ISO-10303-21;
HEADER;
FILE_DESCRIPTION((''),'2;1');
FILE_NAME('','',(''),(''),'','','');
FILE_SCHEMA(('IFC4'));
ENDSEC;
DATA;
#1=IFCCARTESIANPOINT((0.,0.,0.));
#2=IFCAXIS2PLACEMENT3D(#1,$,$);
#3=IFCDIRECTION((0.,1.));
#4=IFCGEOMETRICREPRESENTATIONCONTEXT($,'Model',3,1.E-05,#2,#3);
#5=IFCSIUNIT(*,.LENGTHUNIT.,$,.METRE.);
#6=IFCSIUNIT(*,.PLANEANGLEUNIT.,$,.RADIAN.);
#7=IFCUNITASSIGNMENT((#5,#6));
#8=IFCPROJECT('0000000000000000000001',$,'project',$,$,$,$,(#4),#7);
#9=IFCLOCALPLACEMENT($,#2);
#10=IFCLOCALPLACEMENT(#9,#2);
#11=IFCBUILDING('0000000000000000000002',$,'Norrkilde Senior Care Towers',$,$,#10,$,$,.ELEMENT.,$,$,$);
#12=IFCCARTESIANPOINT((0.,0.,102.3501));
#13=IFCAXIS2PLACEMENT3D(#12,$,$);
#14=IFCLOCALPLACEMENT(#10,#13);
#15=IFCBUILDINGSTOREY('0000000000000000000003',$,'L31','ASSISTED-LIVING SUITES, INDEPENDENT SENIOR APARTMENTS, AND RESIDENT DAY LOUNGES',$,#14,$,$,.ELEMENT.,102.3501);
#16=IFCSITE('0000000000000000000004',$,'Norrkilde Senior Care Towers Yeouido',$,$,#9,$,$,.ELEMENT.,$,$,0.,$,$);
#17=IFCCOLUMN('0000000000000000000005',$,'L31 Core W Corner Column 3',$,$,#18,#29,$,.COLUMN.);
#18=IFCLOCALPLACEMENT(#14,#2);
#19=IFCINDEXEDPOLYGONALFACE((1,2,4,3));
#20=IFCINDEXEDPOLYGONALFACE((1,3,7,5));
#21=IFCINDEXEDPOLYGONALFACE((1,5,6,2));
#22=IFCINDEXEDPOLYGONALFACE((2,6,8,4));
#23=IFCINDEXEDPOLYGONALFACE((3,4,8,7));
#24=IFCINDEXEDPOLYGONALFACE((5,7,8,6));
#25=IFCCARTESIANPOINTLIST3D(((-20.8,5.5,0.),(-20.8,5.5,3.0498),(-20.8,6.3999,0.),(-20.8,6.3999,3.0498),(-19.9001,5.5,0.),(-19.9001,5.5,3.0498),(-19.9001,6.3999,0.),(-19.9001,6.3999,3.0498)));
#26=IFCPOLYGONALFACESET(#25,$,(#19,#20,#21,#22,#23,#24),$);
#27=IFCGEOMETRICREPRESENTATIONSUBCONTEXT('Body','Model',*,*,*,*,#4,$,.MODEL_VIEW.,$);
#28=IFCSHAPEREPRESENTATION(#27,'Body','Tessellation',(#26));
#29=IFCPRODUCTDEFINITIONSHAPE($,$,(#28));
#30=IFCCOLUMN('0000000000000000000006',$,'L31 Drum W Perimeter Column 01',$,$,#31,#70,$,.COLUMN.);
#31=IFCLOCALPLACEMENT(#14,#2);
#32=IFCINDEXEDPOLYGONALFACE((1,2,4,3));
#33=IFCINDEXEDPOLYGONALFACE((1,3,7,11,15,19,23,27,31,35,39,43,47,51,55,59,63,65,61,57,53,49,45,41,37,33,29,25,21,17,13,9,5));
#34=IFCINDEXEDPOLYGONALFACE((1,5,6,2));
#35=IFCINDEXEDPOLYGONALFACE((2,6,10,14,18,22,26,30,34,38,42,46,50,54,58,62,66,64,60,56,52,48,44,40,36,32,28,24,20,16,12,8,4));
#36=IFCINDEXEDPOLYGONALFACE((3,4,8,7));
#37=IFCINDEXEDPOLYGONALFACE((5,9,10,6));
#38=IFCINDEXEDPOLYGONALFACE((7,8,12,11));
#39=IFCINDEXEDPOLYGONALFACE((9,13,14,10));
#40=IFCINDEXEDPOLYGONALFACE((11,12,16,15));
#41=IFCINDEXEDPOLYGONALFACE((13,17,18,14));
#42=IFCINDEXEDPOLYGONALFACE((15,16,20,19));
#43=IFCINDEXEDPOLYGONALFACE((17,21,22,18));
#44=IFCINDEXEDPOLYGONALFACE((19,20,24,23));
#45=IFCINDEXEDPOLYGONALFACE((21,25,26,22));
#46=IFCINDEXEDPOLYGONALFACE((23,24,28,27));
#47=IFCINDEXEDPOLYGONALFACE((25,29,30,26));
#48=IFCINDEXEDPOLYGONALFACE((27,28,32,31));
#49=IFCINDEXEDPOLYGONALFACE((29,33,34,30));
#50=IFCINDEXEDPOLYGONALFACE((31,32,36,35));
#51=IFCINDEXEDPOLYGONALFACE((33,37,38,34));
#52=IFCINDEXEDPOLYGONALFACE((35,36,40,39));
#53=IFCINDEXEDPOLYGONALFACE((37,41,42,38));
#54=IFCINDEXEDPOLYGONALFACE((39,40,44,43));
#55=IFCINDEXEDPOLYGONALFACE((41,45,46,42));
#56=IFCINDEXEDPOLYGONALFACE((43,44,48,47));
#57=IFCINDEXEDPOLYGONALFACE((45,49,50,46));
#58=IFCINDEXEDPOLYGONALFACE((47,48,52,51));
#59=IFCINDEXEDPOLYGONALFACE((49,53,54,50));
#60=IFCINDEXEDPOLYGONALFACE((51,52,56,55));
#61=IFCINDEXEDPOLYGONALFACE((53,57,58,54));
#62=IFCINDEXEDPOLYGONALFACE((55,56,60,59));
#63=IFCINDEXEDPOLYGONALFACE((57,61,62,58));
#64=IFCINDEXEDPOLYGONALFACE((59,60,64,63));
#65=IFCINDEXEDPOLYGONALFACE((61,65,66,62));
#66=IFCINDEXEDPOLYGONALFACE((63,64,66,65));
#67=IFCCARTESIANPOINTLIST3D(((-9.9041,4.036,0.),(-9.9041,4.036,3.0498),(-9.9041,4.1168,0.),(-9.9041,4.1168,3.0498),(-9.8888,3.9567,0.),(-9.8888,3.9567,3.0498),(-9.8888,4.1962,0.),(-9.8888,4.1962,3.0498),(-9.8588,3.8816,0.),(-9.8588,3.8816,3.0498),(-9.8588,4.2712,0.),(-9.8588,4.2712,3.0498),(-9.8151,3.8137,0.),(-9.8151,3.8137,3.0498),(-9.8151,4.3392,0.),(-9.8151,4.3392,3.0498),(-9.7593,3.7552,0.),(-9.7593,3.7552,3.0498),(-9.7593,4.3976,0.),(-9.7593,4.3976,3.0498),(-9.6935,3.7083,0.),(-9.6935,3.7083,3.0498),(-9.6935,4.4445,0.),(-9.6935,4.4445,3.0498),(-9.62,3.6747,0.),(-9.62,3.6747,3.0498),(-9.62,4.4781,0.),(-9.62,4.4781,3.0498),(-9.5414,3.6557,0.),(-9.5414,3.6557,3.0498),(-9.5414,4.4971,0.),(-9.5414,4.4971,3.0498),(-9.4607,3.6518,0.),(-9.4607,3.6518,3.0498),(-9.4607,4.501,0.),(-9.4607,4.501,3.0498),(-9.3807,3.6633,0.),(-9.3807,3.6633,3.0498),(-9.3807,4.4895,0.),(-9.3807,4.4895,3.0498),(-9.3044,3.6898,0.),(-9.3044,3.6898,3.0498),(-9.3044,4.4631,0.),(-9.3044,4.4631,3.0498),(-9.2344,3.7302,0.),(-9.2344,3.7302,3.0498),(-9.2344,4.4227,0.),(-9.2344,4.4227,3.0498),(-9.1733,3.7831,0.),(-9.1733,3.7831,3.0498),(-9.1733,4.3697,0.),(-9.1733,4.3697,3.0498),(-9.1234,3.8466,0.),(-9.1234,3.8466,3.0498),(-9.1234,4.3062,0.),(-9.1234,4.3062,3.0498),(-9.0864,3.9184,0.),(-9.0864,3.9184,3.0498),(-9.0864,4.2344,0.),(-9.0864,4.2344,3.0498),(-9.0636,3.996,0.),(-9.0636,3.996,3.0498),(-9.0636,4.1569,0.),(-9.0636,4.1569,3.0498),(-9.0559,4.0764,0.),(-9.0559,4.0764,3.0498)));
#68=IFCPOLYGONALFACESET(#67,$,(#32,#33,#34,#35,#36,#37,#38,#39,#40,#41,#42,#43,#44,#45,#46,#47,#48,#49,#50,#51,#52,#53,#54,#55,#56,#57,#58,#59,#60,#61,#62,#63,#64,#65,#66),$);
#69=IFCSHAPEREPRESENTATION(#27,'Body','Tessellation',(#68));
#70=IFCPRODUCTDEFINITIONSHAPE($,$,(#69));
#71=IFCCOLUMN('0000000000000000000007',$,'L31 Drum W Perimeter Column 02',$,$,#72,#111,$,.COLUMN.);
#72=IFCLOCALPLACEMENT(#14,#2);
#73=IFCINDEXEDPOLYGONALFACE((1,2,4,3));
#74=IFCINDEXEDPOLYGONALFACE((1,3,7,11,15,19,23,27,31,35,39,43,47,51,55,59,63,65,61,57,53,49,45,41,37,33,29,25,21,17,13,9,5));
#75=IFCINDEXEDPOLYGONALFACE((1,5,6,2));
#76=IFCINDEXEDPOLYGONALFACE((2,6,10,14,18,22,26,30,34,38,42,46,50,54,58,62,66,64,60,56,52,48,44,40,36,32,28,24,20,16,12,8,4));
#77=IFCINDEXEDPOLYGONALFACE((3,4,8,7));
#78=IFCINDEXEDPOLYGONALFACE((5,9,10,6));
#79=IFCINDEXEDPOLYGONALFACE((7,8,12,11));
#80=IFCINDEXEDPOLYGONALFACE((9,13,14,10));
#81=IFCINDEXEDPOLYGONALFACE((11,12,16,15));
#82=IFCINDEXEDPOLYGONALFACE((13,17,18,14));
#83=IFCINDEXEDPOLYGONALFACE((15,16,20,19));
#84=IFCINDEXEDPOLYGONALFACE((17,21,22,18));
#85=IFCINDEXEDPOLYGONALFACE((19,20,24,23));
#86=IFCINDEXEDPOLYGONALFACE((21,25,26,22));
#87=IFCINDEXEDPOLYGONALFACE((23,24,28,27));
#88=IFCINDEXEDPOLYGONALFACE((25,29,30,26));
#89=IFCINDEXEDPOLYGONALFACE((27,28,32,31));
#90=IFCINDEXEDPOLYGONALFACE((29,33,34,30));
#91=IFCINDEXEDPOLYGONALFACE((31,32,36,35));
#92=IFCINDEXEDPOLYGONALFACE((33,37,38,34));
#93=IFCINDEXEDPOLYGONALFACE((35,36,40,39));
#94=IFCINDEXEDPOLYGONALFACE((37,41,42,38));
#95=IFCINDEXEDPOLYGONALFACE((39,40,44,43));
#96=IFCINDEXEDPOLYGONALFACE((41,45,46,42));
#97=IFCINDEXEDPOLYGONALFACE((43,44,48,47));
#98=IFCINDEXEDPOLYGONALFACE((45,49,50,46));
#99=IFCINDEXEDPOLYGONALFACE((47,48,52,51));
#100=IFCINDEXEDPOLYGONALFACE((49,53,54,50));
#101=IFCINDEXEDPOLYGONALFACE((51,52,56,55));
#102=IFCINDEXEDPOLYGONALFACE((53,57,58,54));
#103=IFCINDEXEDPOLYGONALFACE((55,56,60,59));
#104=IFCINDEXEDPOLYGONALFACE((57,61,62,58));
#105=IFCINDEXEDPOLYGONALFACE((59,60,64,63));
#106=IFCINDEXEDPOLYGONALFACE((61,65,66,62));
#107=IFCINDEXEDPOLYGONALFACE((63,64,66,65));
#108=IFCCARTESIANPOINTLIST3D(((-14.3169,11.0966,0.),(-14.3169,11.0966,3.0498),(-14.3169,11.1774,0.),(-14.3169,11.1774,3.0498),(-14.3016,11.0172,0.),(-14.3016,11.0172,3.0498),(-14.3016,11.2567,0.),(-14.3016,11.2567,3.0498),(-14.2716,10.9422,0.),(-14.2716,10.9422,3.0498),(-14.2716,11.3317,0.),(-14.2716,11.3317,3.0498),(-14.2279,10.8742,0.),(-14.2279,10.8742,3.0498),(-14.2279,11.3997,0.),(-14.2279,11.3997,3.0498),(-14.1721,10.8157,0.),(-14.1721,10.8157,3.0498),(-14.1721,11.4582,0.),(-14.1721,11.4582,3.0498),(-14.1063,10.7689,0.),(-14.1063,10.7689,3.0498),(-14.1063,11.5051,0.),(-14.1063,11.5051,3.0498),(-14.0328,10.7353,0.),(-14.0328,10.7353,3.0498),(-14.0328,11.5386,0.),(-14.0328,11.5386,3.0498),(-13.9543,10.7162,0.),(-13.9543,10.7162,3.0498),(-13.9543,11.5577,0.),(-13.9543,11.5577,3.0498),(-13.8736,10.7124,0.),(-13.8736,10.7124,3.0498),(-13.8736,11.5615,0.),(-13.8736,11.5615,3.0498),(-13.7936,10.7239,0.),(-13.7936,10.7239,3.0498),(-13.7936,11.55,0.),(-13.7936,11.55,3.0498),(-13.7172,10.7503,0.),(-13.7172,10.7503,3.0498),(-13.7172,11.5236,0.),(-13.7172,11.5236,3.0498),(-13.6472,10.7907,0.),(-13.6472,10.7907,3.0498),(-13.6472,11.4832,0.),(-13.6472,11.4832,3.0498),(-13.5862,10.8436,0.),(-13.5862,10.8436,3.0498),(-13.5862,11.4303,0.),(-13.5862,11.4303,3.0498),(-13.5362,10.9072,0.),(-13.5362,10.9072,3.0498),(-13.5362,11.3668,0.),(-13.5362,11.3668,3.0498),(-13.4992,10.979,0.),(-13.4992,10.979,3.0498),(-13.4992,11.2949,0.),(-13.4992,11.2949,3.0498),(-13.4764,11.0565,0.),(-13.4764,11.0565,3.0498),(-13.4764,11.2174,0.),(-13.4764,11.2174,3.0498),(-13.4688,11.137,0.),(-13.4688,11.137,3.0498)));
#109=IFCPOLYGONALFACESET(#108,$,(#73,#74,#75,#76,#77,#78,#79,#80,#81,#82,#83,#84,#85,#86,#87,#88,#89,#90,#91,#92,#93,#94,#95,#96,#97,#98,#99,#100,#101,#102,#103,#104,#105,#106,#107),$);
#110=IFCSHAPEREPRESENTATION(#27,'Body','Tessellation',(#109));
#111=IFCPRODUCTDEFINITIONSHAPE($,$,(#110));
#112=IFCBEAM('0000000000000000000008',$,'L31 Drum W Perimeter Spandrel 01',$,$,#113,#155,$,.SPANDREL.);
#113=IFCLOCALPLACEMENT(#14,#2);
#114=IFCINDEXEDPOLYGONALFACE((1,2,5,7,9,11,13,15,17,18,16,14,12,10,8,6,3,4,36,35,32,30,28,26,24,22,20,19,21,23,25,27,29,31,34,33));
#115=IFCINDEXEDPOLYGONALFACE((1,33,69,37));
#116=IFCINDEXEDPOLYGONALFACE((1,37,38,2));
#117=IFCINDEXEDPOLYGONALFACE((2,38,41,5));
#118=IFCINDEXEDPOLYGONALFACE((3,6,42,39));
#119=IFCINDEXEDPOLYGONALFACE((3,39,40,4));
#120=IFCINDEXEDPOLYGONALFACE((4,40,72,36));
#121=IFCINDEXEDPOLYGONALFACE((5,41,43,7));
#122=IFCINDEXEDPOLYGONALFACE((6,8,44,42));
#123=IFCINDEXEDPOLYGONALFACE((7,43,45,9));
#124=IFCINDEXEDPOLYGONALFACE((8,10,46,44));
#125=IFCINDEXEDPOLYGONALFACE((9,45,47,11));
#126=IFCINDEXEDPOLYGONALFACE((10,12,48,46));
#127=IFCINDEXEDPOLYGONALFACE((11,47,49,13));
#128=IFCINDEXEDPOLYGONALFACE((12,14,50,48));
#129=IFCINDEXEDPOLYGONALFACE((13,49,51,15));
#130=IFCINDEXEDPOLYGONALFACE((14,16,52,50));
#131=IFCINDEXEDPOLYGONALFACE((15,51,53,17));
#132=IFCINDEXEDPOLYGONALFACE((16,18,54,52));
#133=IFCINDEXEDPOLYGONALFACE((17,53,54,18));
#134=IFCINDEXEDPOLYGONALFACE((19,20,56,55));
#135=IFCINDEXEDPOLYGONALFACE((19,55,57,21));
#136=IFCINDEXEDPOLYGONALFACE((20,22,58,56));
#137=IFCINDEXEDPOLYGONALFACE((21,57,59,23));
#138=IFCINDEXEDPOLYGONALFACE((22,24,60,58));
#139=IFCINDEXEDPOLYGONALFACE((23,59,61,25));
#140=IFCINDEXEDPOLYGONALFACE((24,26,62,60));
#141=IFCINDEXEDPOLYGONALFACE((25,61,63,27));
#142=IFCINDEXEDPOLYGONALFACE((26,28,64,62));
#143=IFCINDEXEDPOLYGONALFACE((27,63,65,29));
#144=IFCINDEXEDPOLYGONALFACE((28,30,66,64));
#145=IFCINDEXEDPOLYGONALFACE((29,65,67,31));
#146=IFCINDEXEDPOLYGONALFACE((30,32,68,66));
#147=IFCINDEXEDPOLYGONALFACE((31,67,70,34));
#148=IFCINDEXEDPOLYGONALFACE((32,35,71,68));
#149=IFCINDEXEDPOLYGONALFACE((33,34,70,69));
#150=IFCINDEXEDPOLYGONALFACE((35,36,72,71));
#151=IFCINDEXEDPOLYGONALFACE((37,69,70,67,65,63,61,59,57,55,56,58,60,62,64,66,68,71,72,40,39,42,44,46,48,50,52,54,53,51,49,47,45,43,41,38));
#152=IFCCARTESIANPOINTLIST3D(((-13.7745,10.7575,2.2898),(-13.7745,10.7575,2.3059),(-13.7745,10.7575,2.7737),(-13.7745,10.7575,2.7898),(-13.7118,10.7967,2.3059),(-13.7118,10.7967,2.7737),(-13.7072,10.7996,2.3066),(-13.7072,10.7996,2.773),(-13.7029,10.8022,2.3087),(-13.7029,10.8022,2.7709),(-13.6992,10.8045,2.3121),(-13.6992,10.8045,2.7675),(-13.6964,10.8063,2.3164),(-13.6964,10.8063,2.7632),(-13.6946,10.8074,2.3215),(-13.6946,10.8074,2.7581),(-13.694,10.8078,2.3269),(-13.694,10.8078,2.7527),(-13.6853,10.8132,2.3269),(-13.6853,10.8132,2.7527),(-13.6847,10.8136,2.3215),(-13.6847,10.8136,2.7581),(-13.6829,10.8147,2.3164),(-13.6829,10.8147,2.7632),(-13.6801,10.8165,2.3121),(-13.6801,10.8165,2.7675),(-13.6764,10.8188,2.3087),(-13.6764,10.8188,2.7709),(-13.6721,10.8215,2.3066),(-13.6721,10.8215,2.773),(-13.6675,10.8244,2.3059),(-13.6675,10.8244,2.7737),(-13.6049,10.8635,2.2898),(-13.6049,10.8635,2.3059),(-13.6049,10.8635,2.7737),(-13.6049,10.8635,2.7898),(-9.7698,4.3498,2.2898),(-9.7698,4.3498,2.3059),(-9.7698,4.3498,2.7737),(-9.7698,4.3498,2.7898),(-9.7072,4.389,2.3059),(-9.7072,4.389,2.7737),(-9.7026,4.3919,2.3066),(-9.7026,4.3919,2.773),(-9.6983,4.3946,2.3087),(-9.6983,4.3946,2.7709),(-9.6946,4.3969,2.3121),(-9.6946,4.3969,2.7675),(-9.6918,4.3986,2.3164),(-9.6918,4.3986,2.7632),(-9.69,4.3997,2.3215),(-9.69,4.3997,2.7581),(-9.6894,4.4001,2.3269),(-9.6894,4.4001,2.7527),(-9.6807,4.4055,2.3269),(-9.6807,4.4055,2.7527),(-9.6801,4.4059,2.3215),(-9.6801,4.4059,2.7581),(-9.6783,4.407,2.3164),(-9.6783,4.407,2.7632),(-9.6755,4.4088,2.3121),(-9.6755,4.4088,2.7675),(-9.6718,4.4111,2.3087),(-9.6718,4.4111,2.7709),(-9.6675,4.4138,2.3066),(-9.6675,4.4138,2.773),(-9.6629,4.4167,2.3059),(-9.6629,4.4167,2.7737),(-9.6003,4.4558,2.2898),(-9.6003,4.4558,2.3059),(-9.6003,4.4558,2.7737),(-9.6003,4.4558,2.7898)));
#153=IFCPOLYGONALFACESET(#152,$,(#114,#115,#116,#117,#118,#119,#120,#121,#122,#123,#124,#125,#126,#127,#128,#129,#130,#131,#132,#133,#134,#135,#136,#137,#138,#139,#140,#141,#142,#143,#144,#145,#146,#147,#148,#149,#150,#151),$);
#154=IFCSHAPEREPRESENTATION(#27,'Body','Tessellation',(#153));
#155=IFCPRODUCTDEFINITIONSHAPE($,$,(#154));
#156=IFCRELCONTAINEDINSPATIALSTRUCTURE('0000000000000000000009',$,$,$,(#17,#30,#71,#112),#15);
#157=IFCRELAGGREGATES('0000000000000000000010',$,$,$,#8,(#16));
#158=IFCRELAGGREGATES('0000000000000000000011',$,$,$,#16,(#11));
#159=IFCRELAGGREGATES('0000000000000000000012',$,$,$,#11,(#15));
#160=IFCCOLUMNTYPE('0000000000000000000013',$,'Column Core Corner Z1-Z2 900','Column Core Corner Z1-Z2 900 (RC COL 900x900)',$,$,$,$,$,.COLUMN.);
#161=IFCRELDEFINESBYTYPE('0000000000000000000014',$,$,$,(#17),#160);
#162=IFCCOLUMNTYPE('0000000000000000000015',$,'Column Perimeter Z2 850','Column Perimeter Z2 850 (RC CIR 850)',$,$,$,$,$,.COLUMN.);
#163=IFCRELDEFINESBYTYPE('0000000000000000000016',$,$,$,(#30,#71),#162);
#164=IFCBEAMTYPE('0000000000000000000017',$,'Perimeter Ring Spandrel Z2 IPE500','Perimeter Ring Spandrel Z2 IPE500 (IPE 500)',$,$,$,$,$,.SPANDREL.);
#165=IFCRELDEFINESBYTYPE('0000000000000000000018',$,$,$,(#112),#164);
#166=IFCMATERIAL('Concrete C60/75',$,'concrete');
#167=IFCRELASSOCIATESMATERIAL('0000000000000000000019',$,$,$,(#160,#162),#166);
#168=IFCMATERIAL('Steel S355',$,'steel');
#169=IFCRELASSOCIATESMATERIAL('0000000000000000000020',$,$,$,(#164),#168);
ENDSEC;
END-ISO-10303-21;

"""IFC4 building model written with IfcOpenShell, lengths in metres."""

from ifc_helpers import new_model, si_unit, direction, frame, origin, origin_2d, place, context, subcontext, project, spatial, rectangle, circle, i_section, extrude, source, transform, mapped, material, material_profile, profile_set, type_object, type_shapes, element, save


model = new_model("IFC4")

# Units and contexts
model_context = context("Model", 3, precision=1e-05, world=origin(), true_north=direction((0.0, 1.0)))
body_context = subcontext(model_context, "Body", "Model", "MODEL_VIEW")
ifc_project = project(units=[si_unit("LENGTHUNIT", "METRE"), si_unit("PLANEANGLEUNIT", "RADIAN")], contexts=[model_context])

# Site, building, storey
site_placement = place(None, origin())
site = spatial("IfcSite", under=ifc_project, at=site_placement, Name="Norrkilde Senior Care Towers Yeouido", CompositionType="ELEMENT", RefElevation=0.0)
building_placement = place(site_placement, origin())
building = spatial("IfcBuilding", under=site, at=building_placement, Name="Norrkilde Senior Care Towers", CompositionType="ELEMENT")
storey_placement = place(building_placement, frame((0.0, 0.0, 102.3501)))
storey = spatial("IfcBuildingStorey", under=building, at=storey_placement, Name="L31", Description="ASSISTED-LIVING SUITES, INDEPENDENT SENIOR APARTMENTS, AND RESIDENT DAY LOUNGES", CompositionType="ELEMENT", Elevation=102.3501)

# Columns
ifc_material_1 = material(Name="Concrete C60/75", Category="concrete")
ifc_material_profile_1 = material_profile(ifc_material_1, rectangle(XDim=0.8999, YDim=0.8999, at=origin_2d()), Name="RC COL 900x900")
ifc_profile_set_1 = profile_set([ifc_material_profile_1], Name="Concrete C60/75")
column_type_1 = type_object("IfcColumnType", Name="Column Core Corner Z1-Z2 900", Description="Column Core Corner Z1-Z2 900 (RC COL 900x900)", PredefinedType="COLUMN", material=ifc_profile_set_1)
shared_shape_1 = source(origin(), body_context, "Body", "SweptSolid", [
    extrude(rectangle(XDim=0.8999, YDim=0.8999, at=origin_2d()), origin(), (0.0, 0.0, 1.0), 3.0498),
])
type_shapes(column_type_1, [shared_shape_1])
column_placement = place(storey_placement, frame((-20.3501, 5.95, 0.0), z_axis=(0.0, 0.0, 1.0), x_axis=(1.0, 0.0, 0.0)))
element("IfcColumn", 1, at=column_placement, inside=storey, type_object=column_type_1, Name="L31 Core W Corner Column 3", PredefinedType="COLUMN", context=body_context, shape_type="MappedRepresentation", body=[
    mapped(shared_shape_1, transform((0.0, 0.0, 0.0), x_axis=(1.0, 0.0, 0.0), y_axis=(0.0, 1.0, 0.0), z_axis=(0.0, 0.0, 1.0), scale=1.0)),
])
ifc_material_profile_2 = material_profile(ifc_material_1, circle(Radius=0.425, at=origin_2d()), Name="RC CIR 850")
ifc_profile_set_2 = profile_set([ifc_material_profile_2], Name="Concrete C60/75")
column_type_2 = type_object("IfcColumnType", Name="Column Perimeter Z2 850", Description="Column Perimeter Z2 850 (RC CIR 850)", PredefinedType="COLUMN", material=ifc_profile_set_2)
shared_shape_2 = source(origin(), body_context, "Body", "SweptSolid", [
    extrude(circle(Radius=0.425, at=origin_2d()), origin(), (0.0, 0.0, 1.0), 3.0498),
])
type_shapes(column_type_2, [shared_shape_2])
for number, where, z_axis, x_axis, name in (
    (2, (-9.481, 4.0764, 0.0), (0.0, 0.0, 1.0), (1.0, 0.0, 0.0), "L31 Drum W Perimeter Column 01"),
    (3, (-13.8938, 11.137, 0.0), (0.0, 0.0, 1.0), (1.0, 0.0, 0.0), "L31 Drum W Perimeter Column 02"),
):
    element("IfcColumn", number, at=place(storey_placement, frame(where, z_axis=z_axis, x_axis=x_axis)), inside=storey, type_object=column_type_2, Name=name, PredefinedType="COLUMN", context=body_context, shape_type="MappedRepresentation", body=[
        mapped(shared_shape_2, transform((0.0, 0.0, 0.0), x_axis=(1.0, 0.0, 0.0), y_axis=(0.0, 1.0, 0.0), z_axis=(0.0, 0.0, 1.0), scale=1.0)),
    ])

# Beam
ifc_material_2 = material(Name="Steel S355", Category="steel")
ifc_material_profile_3 = material_profile(ifc_material_2, i_section(OverallWidth=0.2, OverallDepth=0.5, WebThickness=0.0103, FlangeThickness=0.0161, FilletRadius=0.021, at=origin_2d()), Name="IPE 500")
ifc_profile_set_3 = profile_set([ifc_material_profile_3], Name="Steel S355")
beam_type_1 = type_object("IfcBeamType", Name="Perimeter Ring Spandrel Z2 IPE500", Description="Perimeter Ring Spandrel Z2 IPE500 (IPE 500)", PredefinedType="SPANDREL", material=ifc_profile_set_3)
shared_shape_3 = source(origin(), body_context, "Body", "SweptSolid", [
    extrude(i_section(OverallWidth=0.2, OverallDepth=0.5, WebThickness=0.0103, FlangeThickness=0.0161, FilletRadius=0.021, at=origin_2d()), origin(), (0.0, 0.0, 1.0), 7.5562),
])
beam_1_placement = place(storey_placement, frame((-9.6851, 4.4028, 2.5398), z_axis=(-0.529982, 0.848009, 0.0), x_axis=(-0.848009, -0.529982, 0.0)))
element("IfcBeam", 4, at=beam_1_placement, inside=storey, type_object=beam_type_1, Name="L31 Drum W Perimeter Spandrel 01", PredefinedType="SPANDREL", context=body_context, shape_type="MappedRepresentation", body=[
    mapped(shared_shape_3, transform((0.0, 0.0, 0.0), x_axis=(1.0, 0.0, 0.0), y_axis=(0.0, 1.0, 0.0), z_axis=(0.0, 0.0, 1.0), scale=1.0)),
])

save(model, "model.ifc")
